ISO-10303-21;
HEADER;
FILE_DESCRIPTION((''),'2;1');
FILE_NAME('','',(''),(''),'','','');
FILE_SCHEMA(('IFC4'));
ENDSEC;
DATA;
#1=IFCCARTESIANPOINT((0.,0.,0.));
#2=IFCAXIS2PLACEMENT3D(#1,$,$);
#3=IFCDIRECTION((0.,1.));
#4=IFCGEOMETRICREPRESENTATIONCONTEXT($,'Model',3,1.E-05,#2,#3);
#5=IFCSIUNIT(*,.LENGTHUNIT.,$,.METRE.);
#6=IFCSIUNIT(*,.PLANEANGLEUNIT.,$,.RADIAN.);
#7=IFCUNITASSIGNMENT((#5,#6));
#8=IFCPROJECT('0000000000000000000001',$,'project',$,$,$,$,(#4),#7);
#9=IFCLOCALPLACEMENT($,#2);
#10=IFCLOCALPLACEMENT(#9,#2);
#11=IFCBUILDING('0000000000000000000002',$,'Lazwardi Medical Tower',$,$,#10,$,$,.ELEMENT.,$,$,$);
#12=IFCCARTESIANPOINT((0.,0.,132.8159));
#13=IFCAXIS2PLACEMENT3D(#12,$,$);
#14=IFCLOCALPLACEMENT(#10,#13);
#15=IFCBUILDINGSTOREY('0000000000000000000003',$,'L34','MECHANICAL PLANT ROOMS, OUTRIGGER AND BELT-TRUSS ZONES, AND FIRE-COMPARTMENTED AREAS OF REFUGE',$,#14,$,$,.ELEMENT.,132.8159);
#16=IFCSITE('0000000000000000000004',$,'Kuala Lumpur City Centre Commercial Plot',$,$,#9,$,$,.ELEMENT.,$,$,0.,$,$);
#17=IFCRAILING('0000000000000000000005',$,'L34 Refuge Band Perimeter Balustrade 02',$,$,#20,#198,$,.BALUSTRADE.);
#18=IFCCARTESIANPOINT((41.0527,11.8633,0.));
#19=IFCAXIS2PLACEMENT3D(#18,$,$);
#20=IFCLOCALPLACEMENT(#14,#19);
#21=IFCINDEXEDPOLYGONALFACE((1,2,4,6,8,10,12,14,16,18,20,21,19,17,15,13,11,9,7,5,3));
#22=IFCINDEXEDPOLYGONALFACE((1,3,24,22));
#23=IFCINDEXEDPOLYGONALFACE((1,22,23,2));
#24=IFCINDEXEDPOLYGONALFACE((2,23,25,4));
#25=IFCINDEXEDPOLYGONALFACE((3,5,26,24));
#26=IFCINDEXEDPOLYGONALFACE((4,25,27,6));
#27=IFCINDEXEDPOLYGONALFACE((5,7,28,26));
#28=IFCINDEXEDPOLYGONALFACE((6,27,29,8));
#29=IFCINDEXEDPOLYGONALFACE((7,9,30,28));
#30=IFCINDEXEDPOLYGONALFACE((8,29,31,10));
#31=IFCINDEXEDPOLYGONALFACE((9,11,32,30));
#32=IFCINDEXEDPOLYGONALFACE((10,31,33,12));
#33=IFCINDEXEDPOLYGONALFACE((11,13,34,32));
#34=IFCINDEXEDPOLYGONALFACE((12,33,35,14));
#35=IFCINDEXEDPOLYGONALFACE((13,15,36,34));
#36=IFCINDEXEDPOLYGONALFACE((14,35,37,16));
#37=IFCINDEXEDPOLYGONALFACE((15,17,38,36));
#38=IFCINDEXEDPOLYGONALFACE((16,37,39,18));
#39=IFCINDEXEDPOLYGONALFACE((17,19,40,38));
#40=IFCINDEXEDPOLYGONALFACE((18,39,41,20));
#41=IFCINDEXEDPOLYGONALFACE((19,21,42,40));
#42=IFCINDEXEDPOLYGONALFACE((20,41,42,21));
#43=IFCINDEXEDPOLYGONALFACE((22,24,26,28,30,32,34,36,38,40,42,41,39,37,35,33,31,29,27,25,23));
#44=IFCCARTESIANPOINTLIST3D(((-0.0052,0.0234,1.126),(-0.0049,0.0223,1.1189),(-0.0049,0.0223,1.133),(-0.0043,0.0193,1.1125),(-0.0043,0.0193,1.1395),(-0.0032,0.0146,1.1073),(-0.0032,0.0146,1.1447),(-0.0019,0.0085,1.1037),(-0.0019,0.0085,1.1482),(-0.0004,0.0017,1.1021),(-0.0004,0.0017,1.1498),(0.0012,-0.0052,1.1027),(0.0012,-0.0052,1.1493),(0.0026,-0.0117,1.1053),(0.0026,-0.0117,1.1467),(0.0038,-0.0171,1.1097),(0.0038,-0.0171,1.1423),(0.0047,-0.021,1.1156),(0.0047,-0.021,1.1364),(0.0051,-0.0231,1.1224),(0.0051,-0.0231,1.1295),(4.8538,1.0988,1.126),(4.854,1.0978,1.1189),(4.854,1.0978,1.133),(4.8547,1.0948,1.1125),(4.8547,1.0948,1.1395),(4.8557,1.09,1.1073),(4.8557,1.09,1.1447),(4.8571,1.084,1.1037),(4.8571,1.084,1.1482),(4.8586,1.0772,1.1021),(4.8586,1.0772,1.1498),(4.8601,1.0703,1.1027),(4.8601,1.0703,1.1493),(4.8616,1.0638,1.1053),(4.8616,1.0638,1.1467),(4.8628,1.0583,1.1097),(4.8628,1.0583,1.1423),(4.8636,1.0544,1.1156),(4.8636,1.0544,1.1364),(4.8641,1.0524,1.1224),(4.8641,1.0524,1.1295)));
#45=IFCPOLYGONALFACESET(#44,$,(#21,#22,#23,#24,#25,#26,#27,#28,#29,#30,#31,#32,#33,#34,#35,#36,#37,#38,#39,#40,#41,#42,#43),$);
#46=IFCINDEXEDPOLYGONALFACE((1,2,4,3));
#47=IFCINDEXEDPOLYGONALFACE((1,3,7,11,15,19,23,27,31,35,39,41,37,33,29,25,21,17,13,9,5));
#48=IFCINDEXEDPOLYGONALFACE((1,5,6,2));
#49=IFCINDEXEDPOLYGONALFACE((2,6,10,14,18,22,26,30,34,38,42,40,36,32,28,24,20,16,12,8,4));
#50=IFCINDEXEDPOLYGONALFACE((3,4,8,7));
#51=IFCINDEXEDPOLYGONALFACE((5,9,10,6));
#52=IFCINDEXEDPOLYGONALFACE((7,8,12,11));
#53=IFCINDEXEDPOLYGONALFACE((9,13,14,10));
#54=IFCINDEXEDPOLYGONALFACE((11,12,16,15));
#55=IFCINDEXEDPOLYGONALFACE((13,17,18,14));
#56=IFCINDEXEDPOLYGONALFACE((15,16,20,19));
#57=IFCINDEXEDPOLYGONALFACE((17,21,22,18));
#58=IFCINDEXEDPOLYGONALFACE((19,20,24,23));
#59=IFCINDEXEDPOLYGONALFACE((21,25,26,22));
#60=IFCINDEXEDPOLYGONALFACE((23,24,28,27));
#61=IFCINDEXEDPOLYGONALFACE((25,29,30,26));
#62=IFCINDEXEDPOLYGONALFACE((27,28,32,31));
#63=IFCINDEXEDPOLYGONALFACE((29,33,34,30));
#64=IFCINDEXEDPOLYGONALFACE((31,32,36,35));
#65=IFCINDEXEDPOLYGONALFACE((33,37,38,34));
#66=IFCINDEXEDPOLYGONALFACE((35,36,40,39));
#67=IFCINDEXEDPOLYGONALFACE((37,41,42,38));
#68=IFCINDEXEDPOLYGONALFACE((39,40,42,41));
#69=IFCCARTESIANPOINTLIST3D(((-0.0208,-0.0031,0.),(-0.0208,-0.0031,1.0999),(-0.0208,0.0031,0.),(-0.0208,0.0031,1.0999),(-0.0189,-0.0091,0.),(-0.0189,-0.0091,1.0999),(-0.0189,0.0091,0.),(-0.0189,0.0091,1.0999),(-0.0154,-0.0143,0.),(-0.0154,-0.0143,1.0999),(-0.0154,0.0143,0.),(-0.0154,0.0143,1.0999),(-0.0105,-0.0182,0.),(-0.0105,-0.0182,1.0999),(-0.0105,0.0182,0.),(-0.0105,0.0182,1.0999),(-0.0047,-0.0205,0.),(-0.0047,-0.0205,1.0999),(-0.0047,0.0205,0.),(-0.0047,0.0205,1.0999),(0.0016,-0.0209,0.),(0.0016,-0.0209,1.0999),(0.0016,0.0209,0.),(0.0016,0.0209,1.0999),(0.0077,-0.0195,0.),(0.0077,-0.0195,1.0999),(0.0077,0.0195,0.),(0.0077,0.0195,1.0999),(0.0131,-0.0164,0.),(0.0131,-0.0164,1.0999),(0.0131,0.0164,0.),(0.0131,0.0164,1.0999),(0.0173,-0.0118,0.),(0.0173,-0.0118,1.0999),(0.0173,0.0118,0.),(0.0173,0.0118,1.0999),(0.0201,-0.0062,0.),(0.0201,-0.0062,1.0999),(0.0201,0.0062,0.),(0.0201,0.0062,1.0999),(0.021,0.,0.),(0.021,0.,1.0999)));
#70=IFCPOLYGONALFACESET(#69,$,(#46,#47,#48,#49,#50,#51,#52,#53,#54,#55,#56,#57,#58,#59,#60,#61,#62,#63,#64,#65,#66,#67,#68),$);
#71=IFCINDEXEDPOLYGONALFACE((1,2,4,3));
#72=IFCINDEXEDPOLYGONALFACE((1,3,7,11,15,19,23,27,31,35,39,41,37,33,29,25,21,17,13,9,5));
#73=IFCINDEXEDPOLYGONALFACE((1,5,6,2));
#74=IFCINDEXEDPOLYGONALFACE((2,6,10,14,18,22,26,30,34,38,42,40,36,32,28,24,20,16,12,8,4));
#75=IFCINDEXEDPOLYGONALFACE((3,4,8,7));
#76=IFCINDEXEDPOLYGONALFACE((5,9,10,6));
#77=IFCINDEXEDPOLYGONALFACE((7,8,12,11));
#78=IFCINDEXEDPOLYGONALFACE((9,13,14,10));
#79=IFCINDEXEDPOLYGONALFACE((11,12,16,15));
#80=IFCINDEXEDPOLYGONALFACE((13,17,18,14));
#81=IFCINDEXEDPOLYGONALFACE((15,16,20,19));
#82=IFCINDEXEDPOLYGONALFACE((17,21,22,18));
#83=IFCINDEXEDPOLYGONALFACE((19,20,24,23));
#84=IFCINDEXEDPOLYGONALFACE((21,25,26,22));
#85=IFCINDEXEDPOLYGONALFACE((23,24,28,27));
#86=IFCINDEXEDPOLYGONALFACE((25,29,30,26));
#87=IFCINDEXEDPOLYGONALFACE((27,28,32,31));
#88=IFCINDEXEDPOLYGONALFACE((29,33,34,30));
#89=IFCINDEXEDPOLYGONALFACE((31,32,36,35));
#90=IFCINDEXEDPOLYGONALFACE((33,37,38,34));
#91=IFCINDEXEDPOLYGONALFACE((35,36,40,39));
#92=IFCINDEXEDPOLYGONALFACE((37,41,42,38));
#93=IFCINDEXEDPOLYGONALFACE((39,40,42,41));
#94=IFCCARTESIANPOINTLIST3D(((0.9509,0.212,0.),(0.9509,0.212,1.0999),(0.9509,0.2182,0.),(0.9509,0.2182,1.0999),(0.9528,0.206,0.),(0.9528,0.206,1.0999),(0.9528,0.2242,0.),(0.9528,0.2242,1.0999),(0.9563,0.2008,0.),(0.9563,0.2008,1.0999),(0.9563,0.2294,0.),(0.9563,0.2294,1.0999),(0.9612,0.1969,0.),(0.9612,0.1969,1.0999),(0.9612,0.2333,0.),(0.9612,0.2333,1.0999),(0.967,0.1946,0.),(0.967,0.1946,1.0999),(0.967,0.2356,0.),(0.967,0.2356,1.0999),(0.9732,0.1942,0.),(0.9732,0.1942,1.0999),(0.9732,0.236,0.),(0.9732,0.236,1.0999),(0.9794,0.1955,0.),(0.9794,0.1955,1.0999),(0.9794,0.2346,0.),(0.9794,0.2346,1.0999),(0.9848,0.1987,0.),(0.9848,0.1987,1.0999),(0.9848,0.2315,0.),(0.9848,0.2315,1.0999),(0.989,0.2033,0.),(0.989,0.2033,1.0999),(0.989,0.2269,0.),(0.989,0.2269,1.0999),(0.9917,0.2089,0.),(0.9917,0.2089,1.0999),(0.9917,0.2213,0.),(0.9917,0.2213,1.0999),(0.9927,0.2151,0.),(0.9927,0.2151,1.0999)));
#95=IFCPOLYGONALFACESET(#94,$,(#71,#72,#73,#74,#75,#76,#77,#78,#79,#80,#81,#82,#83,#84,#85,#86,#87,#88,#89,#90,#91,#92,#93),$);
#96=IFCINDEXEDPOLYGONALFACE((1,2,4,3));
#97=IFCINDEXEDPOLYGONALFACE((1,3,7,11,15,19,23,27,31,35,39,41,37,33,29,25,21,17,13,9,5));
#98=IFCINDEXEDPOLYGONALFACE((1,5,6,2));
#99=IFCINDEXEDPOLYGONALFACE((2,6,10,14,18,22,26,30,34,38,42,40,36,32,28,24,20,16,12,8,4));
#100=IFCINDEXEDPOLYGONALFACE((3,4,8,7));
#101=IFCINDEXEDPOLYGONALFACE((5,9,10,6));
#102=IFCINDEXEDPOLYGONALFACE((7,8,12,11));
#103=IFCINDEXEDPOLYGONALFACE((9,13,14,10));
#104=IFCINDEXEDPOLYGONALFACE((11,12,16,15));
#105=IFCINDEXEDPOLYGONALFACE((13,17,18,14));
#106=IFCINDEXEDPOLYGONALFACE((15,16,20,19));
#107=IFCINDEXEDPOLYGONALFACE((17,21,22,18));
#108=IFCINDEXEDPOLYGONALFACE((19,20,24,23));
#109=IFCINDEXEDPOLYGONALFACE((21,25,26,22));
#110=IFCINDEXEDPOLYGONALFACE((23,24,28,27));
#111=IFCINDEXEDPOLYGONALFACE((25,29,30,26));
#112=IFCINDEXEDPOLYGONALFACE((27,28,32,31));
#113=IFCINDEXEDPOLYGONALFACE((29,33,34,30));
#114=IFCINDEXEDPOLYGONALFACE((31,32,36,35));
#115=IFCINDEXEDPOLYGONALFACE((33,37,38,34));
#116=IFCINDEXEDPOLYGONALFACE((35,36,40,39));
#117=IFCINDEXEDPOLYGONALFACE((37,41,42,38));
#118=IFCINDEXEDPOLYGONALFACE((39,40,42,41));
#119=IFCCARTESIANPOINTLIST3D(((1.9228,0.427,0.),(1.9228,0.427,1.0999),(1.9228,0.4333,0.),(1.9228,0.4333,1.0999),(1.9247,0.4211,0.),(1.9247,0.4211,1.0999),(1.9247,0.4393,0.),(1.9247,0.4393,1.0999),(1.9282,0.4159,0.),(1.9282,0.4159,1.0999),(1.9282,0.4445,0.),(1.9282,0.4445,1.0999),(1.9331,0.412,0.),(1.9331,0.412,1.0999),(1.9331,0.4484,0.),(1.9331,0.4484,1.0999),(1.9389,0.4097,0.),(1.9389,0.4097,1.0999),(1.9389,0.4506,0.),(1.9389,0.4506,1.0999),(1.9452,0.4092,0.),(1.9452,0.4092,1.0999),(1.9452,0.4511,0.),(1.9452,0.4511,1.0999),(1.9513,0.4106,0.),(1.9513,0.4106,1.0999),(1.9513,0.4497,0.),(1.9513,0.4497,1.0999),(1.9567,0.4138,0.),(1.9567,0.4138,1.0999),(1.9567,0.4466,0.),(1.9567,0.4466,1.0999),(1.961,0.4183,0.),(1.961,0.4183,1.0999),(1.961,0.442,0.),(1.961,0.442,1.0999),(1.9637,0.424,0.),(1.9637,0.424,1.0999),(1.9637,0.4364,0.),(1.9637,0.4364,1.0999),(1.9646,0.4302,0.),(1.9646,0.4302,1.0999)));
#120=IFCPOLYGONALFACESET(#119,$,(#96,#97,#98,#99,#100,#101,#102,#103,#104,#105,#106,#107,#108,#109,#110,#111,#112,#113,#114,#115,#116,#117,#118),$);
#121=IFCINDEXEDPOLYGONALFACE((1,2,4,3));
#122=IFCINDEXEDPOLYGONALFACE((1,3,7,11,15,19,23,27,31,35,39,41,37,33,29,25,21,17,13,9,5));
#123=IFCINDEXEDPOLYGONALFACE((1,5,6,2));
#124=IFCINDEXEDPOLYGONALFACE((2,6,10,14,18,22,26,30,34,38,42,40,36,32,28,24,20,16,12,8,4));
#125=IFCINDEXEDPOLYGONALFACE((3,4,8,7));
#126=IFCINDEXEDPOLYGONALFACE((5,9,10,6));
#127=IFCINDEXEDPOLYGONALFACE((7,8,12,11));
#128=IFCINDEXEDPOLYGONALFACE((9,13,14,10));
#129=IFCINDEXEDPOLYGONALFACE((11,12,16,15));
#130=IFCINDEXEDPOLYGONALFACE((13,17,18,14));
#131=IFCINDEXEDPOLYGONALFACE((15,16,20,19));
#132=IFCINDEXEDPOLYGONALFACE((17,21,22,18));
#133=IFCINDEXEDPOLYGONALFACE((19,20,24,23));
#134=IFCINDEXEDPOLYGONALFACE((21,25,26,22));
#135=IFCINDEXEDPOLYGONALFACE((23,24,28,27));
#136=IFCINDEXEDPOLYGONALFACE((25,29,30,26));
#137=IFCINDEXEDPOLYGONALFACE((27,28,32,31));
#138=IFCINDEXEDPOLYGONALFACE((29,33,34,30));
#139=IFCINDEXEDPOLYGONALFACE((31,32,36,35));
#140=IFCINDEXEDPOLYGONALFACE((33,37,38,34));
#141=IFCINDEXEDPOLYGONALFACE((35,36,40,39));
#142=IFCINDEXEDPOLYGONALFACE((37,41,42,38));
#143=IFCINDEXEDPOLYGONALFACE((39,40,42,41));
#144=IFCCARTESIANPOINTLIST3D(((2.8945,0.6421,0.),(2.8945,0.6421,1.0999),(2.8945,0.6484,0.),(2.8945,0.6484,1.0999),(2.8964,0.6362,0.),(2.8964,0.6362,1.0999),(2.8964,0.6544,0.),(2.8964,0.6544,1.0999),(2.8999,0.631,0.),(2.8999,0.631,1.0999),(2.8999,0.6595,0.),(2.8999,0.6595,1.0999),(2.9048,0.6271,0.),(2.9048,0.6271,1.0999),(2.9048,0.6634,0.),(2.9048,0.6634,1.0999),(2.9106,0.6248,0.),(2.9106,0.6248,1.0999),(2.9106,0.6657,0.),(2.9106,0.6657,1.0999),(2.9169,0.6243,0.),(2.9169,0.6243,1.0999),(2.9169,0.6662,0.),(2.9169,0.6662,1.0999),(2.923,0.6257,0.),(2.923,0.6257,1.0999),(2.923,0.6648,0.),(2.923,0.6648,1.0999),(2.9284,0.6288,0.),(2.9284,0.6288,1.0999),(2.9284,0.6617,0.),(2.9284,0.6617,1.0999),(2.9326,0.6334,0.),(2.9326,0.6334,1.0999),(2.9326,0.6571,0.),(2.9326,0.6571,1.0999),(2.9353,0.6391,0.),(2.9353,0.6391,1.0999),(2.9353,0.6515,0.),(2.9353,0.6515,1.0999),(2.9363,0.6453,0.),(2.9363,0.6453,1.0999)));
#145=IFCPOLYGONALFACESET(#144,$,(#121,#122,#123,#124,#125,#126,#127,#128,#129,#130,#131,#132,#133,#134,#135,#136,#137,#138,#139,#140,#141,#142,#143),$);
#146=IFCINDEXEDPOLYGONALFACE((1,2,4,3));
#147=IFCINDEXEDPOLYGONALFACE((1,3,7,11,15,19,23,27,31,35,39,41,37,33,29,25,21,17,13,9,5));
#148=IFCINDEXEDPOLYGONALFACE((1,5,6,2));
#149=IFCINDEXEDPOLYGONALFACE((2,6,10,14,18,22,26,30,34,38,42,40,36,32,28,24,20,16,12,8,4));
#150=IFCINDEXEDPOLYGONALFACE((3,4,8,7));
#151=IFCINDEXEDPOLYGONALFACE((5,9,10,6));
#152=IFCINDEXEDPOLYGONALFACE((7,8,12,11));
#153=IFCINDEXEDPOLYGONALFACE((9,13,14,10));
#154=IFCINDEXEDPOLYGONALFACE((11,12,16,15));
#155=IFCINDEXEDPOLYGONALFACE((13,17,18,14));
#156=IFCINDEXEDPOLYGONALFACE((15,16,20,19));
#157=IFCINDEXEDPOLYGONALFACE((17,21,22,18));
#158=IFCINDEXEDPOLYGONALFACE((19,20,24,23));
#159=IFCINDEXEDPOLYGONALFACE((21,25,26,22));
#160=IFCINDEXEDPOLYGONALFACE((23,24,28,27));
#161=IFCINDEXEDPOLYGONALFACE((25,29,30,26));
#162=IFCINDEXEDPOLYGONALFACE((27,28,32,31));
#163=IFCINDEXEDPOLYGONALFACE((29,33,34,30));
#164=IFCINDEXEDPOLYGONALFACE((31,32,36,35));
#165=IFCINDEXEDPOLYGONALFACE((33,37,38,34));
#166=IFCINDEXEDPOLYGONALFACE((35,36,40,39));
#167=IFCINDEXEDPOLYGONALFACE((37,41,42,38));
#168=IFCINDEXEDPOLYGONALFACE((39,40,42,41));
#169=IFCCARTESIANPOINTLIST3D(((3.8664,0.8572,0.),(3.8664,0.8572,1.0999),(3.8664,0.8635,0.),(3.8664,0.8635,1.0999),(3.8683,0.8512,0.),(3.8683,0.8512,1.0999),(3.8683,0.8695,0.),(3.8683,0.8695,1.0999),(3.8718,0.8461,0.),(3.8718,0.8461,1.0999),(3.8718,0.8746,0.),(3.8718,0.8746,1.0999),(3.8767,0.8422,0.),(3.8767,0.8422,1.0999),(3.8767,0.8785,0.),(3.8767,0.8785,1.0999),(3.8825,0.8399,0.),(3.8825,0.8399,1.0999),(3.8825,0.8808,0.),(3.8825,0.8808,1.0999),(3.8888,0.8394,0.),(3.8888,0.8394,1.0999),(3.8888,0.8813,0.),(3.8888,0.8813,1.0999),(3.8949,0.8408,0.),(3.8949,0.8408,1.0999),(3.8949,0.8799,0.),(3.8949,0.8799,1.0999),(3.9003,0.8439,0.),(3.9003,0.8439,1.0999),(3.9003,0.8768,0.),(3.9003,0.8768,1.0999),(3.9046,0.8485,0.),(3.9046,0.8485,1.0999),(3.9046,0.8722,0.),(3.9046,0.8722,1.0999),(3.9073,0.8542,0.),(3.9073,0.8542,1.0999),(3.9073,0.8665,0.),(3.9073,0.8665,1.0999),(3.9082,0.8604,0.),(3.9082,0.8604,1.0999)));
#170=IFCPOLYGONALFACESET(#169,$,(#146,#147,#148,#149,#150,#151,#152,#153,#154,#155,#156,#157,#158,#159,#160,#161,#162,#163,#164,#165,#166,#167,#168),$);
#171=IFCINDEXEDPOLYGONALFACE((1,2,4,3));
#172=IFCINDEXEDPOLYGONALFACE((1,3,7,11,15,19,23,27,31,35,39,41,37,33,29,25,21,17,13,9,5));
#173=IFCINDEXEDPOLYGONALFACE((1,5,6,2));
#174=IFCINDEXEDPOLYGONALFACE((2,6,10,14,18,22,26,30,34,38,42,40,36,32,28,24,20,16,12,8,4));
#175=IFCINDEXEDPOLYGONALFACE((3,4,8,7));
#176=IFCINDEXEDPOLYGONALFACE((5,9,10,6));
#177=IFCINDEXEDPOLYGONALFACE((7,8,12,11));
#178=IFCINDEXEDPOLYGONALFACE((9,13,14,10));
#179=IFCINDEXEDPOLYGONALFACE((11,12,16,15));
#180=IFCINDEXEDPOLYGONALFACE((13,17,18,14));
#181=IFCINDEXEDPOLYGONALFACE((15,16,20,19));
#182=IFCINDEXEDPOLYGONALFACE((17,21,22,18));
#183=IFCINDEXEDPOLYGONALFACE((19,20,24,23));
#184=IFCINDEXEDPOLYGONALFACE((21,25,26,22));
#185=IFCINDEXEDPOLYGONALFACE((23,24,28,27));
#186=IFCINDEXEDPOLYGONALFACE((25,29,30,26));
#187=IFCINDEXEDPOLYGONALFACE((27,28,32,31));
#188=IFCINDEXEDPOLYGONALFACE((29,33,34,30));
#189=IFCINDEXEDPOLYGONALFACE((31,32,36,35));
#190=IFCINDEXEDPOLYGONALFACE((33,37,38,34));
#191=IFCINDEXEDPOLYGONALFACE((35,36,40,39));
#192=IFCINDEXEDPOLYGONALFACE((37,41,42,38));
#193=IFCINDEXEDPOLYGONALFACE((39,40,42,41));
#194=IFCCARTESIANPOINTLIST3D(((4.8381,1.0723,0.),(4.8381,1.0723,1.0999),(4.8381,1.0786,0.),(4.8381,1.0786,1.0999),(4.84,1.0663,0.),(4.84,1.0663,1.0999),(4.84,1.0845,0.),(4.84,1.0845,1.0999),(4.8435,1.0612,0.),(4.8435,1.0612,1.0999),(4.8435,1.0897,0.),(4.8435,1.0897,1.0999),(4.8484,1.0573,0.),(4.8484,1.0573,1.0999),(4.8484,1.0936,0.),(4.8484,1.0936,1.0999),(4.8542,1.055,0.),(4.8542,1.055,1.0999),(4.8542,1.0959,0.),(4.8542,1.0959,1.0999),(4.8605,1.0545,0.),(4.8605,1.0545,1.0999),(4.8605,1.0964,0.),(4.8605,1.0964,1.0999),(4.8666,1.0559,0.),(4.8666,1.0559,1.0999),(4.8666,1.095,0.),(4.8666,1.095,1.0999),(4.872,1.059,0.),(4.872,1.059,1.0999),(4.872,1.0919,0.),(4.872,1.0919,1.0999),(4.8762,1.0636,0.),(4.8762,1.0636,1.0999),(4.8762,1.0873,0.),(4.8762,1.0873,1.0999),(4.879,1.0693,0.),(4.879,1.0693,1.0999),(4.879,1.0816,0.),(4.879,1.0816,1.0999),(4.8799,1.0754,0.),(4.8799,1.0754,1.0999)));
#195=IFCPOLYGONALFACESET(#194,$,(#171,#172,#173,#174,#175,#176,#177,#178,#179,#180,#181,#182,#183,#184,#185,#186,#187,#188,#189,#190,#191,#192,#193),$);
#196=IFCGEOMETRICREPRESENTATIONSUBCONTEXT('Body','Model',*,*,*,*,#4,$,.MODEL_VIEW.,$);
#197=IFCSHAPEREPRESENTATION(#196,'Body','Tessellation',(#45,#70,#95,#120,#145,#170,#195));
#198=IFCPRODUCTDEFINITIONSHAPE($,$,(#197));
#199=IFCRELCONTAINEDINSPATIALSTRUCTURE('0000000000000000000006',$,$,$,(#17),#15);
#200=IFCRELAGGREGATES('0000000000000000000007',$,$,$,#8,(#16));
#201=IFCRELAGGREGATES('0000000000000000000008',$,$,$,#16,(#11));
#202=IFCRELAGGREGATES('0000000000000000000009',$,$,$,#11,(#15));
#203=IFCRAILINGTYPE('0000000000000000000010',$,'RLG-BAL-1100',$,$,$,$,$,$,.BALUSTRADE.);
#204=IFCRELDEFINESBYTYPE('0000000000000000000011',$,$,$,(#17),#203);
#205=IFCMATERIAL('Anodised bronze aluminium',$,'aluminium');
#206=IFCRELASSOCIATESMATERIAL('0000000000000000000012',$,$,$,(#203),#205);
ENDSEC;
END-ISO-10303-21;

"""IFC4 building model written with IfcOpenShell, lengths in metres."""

from ifc_helpers import new_model, si_unit, direction, frame, origin, origin_2d, place, context, subcontext, project, spatial, circle, extrude, material, type_object, element, save


model = new_model("IFC4")

# Units and contexts
model_context = context("Model", 3, precision=1e-05, world=origin(), true_north=direction((0.0, 1.0)))
body_context = subcontext(model_context, "Body", "Model", "MODEL_VIEW")
ifc_project = project(units=[si_unit("LENGTHUNIT", "METRE"), si_unit("PLANEANGLEUNIT", "RADIAN")], contexts=[model_context])

# Site, building, storey
site_placement = place(None, origin())
site = spatial("IfcSite", under=ifc_project, at=site_placement, Name="Kuala Lumpur City Centre Commercial Plot", CompositionType="ELEMENT", RefElevation=0.0)
building_placement = place(site_placement, origin())
building = spatial("IfcBuilding", under=site, at=building_placement, Name="Lazwardi Medical Tower", CompositionType="ELEMENT")
storey_placement = place(building_placement, frame((0.0, 0.0, 132.8159)))
storey = spatial("IfcBuildingStorey", under=building, at=storey_placement, Name="L34", Description="MECHANICAL PLANT ROOMS, OUTRIGGER AND BELT-TRUSS ZONES, AND FIRE-COMPARTMENTED AREAS OF REFUGE", CompositionType="ELEMENT", Elevation=132.8159)

# Railing
ifc_material_1 = material(Name="Anodised bronze aluminium", Category="aluminium")
railing_type = type_object("IfcRailingType", Name="RLG-BAL-1100", PredefinedType="BALUSTRADE", material=ifc_material_1)
railing_1_placement = place(storey_placement, frame((41.0527, 11.8633, 0.0)))
element("IfcRailing", 1, at=railing_1_placement, inside=storey, type_object=railing_type, Name="L34 Refuge Band Perimeter Balustrade 02", PredefinedType="BALUSTRADE", context=body_context, shape_type="SweptSolid", body=[
    extrude(circle(Radius=0.0239, at=origin_2d()), frame((0.0, 0.0, 1.126), z_axis=(0.97637, 0.216104, 0.0), x_axis=(-0.216104, 0.97637, 0.0)), (0.0, 0.0, 1.0), 4.9766),
    extrude(circle(Radius=0.021, at=origin_2d()), origin(), (0.0, 0.0, 1.0), 1.0999),
    extrude(circle(Radius=0.021, at=origin_2d()), frame((0.9717, 0.2151, 0.0)), (0.0, 0.0, 1.0), 1.0999),
    extrude(circle(Radius=0.021, at=origin_2d()), frame((1.9436, 0.4302, 0.0)), (0.0, 0.0, 1.0), 1.0999),
    extrude(circle(Radius=0.021, at=origin_2d()), frame((2.9153, 0.6453, 0.0)), (0.0, 0.0, 1.0), 1.0999),
    extrude(circle(Radius=0.021, at=origin_2d()), frame((3.8872, 0.8604, 0.0)), (0.0, 0.0, 1.0), 1.0999),
    extrude(circle(Radius=0.021, at=origin_2d()), frame((4.8589, 1.0754, 0.0)), (0.0, 0.0, 1.0), 1.0999),
])

save(model, "model.ifc")
